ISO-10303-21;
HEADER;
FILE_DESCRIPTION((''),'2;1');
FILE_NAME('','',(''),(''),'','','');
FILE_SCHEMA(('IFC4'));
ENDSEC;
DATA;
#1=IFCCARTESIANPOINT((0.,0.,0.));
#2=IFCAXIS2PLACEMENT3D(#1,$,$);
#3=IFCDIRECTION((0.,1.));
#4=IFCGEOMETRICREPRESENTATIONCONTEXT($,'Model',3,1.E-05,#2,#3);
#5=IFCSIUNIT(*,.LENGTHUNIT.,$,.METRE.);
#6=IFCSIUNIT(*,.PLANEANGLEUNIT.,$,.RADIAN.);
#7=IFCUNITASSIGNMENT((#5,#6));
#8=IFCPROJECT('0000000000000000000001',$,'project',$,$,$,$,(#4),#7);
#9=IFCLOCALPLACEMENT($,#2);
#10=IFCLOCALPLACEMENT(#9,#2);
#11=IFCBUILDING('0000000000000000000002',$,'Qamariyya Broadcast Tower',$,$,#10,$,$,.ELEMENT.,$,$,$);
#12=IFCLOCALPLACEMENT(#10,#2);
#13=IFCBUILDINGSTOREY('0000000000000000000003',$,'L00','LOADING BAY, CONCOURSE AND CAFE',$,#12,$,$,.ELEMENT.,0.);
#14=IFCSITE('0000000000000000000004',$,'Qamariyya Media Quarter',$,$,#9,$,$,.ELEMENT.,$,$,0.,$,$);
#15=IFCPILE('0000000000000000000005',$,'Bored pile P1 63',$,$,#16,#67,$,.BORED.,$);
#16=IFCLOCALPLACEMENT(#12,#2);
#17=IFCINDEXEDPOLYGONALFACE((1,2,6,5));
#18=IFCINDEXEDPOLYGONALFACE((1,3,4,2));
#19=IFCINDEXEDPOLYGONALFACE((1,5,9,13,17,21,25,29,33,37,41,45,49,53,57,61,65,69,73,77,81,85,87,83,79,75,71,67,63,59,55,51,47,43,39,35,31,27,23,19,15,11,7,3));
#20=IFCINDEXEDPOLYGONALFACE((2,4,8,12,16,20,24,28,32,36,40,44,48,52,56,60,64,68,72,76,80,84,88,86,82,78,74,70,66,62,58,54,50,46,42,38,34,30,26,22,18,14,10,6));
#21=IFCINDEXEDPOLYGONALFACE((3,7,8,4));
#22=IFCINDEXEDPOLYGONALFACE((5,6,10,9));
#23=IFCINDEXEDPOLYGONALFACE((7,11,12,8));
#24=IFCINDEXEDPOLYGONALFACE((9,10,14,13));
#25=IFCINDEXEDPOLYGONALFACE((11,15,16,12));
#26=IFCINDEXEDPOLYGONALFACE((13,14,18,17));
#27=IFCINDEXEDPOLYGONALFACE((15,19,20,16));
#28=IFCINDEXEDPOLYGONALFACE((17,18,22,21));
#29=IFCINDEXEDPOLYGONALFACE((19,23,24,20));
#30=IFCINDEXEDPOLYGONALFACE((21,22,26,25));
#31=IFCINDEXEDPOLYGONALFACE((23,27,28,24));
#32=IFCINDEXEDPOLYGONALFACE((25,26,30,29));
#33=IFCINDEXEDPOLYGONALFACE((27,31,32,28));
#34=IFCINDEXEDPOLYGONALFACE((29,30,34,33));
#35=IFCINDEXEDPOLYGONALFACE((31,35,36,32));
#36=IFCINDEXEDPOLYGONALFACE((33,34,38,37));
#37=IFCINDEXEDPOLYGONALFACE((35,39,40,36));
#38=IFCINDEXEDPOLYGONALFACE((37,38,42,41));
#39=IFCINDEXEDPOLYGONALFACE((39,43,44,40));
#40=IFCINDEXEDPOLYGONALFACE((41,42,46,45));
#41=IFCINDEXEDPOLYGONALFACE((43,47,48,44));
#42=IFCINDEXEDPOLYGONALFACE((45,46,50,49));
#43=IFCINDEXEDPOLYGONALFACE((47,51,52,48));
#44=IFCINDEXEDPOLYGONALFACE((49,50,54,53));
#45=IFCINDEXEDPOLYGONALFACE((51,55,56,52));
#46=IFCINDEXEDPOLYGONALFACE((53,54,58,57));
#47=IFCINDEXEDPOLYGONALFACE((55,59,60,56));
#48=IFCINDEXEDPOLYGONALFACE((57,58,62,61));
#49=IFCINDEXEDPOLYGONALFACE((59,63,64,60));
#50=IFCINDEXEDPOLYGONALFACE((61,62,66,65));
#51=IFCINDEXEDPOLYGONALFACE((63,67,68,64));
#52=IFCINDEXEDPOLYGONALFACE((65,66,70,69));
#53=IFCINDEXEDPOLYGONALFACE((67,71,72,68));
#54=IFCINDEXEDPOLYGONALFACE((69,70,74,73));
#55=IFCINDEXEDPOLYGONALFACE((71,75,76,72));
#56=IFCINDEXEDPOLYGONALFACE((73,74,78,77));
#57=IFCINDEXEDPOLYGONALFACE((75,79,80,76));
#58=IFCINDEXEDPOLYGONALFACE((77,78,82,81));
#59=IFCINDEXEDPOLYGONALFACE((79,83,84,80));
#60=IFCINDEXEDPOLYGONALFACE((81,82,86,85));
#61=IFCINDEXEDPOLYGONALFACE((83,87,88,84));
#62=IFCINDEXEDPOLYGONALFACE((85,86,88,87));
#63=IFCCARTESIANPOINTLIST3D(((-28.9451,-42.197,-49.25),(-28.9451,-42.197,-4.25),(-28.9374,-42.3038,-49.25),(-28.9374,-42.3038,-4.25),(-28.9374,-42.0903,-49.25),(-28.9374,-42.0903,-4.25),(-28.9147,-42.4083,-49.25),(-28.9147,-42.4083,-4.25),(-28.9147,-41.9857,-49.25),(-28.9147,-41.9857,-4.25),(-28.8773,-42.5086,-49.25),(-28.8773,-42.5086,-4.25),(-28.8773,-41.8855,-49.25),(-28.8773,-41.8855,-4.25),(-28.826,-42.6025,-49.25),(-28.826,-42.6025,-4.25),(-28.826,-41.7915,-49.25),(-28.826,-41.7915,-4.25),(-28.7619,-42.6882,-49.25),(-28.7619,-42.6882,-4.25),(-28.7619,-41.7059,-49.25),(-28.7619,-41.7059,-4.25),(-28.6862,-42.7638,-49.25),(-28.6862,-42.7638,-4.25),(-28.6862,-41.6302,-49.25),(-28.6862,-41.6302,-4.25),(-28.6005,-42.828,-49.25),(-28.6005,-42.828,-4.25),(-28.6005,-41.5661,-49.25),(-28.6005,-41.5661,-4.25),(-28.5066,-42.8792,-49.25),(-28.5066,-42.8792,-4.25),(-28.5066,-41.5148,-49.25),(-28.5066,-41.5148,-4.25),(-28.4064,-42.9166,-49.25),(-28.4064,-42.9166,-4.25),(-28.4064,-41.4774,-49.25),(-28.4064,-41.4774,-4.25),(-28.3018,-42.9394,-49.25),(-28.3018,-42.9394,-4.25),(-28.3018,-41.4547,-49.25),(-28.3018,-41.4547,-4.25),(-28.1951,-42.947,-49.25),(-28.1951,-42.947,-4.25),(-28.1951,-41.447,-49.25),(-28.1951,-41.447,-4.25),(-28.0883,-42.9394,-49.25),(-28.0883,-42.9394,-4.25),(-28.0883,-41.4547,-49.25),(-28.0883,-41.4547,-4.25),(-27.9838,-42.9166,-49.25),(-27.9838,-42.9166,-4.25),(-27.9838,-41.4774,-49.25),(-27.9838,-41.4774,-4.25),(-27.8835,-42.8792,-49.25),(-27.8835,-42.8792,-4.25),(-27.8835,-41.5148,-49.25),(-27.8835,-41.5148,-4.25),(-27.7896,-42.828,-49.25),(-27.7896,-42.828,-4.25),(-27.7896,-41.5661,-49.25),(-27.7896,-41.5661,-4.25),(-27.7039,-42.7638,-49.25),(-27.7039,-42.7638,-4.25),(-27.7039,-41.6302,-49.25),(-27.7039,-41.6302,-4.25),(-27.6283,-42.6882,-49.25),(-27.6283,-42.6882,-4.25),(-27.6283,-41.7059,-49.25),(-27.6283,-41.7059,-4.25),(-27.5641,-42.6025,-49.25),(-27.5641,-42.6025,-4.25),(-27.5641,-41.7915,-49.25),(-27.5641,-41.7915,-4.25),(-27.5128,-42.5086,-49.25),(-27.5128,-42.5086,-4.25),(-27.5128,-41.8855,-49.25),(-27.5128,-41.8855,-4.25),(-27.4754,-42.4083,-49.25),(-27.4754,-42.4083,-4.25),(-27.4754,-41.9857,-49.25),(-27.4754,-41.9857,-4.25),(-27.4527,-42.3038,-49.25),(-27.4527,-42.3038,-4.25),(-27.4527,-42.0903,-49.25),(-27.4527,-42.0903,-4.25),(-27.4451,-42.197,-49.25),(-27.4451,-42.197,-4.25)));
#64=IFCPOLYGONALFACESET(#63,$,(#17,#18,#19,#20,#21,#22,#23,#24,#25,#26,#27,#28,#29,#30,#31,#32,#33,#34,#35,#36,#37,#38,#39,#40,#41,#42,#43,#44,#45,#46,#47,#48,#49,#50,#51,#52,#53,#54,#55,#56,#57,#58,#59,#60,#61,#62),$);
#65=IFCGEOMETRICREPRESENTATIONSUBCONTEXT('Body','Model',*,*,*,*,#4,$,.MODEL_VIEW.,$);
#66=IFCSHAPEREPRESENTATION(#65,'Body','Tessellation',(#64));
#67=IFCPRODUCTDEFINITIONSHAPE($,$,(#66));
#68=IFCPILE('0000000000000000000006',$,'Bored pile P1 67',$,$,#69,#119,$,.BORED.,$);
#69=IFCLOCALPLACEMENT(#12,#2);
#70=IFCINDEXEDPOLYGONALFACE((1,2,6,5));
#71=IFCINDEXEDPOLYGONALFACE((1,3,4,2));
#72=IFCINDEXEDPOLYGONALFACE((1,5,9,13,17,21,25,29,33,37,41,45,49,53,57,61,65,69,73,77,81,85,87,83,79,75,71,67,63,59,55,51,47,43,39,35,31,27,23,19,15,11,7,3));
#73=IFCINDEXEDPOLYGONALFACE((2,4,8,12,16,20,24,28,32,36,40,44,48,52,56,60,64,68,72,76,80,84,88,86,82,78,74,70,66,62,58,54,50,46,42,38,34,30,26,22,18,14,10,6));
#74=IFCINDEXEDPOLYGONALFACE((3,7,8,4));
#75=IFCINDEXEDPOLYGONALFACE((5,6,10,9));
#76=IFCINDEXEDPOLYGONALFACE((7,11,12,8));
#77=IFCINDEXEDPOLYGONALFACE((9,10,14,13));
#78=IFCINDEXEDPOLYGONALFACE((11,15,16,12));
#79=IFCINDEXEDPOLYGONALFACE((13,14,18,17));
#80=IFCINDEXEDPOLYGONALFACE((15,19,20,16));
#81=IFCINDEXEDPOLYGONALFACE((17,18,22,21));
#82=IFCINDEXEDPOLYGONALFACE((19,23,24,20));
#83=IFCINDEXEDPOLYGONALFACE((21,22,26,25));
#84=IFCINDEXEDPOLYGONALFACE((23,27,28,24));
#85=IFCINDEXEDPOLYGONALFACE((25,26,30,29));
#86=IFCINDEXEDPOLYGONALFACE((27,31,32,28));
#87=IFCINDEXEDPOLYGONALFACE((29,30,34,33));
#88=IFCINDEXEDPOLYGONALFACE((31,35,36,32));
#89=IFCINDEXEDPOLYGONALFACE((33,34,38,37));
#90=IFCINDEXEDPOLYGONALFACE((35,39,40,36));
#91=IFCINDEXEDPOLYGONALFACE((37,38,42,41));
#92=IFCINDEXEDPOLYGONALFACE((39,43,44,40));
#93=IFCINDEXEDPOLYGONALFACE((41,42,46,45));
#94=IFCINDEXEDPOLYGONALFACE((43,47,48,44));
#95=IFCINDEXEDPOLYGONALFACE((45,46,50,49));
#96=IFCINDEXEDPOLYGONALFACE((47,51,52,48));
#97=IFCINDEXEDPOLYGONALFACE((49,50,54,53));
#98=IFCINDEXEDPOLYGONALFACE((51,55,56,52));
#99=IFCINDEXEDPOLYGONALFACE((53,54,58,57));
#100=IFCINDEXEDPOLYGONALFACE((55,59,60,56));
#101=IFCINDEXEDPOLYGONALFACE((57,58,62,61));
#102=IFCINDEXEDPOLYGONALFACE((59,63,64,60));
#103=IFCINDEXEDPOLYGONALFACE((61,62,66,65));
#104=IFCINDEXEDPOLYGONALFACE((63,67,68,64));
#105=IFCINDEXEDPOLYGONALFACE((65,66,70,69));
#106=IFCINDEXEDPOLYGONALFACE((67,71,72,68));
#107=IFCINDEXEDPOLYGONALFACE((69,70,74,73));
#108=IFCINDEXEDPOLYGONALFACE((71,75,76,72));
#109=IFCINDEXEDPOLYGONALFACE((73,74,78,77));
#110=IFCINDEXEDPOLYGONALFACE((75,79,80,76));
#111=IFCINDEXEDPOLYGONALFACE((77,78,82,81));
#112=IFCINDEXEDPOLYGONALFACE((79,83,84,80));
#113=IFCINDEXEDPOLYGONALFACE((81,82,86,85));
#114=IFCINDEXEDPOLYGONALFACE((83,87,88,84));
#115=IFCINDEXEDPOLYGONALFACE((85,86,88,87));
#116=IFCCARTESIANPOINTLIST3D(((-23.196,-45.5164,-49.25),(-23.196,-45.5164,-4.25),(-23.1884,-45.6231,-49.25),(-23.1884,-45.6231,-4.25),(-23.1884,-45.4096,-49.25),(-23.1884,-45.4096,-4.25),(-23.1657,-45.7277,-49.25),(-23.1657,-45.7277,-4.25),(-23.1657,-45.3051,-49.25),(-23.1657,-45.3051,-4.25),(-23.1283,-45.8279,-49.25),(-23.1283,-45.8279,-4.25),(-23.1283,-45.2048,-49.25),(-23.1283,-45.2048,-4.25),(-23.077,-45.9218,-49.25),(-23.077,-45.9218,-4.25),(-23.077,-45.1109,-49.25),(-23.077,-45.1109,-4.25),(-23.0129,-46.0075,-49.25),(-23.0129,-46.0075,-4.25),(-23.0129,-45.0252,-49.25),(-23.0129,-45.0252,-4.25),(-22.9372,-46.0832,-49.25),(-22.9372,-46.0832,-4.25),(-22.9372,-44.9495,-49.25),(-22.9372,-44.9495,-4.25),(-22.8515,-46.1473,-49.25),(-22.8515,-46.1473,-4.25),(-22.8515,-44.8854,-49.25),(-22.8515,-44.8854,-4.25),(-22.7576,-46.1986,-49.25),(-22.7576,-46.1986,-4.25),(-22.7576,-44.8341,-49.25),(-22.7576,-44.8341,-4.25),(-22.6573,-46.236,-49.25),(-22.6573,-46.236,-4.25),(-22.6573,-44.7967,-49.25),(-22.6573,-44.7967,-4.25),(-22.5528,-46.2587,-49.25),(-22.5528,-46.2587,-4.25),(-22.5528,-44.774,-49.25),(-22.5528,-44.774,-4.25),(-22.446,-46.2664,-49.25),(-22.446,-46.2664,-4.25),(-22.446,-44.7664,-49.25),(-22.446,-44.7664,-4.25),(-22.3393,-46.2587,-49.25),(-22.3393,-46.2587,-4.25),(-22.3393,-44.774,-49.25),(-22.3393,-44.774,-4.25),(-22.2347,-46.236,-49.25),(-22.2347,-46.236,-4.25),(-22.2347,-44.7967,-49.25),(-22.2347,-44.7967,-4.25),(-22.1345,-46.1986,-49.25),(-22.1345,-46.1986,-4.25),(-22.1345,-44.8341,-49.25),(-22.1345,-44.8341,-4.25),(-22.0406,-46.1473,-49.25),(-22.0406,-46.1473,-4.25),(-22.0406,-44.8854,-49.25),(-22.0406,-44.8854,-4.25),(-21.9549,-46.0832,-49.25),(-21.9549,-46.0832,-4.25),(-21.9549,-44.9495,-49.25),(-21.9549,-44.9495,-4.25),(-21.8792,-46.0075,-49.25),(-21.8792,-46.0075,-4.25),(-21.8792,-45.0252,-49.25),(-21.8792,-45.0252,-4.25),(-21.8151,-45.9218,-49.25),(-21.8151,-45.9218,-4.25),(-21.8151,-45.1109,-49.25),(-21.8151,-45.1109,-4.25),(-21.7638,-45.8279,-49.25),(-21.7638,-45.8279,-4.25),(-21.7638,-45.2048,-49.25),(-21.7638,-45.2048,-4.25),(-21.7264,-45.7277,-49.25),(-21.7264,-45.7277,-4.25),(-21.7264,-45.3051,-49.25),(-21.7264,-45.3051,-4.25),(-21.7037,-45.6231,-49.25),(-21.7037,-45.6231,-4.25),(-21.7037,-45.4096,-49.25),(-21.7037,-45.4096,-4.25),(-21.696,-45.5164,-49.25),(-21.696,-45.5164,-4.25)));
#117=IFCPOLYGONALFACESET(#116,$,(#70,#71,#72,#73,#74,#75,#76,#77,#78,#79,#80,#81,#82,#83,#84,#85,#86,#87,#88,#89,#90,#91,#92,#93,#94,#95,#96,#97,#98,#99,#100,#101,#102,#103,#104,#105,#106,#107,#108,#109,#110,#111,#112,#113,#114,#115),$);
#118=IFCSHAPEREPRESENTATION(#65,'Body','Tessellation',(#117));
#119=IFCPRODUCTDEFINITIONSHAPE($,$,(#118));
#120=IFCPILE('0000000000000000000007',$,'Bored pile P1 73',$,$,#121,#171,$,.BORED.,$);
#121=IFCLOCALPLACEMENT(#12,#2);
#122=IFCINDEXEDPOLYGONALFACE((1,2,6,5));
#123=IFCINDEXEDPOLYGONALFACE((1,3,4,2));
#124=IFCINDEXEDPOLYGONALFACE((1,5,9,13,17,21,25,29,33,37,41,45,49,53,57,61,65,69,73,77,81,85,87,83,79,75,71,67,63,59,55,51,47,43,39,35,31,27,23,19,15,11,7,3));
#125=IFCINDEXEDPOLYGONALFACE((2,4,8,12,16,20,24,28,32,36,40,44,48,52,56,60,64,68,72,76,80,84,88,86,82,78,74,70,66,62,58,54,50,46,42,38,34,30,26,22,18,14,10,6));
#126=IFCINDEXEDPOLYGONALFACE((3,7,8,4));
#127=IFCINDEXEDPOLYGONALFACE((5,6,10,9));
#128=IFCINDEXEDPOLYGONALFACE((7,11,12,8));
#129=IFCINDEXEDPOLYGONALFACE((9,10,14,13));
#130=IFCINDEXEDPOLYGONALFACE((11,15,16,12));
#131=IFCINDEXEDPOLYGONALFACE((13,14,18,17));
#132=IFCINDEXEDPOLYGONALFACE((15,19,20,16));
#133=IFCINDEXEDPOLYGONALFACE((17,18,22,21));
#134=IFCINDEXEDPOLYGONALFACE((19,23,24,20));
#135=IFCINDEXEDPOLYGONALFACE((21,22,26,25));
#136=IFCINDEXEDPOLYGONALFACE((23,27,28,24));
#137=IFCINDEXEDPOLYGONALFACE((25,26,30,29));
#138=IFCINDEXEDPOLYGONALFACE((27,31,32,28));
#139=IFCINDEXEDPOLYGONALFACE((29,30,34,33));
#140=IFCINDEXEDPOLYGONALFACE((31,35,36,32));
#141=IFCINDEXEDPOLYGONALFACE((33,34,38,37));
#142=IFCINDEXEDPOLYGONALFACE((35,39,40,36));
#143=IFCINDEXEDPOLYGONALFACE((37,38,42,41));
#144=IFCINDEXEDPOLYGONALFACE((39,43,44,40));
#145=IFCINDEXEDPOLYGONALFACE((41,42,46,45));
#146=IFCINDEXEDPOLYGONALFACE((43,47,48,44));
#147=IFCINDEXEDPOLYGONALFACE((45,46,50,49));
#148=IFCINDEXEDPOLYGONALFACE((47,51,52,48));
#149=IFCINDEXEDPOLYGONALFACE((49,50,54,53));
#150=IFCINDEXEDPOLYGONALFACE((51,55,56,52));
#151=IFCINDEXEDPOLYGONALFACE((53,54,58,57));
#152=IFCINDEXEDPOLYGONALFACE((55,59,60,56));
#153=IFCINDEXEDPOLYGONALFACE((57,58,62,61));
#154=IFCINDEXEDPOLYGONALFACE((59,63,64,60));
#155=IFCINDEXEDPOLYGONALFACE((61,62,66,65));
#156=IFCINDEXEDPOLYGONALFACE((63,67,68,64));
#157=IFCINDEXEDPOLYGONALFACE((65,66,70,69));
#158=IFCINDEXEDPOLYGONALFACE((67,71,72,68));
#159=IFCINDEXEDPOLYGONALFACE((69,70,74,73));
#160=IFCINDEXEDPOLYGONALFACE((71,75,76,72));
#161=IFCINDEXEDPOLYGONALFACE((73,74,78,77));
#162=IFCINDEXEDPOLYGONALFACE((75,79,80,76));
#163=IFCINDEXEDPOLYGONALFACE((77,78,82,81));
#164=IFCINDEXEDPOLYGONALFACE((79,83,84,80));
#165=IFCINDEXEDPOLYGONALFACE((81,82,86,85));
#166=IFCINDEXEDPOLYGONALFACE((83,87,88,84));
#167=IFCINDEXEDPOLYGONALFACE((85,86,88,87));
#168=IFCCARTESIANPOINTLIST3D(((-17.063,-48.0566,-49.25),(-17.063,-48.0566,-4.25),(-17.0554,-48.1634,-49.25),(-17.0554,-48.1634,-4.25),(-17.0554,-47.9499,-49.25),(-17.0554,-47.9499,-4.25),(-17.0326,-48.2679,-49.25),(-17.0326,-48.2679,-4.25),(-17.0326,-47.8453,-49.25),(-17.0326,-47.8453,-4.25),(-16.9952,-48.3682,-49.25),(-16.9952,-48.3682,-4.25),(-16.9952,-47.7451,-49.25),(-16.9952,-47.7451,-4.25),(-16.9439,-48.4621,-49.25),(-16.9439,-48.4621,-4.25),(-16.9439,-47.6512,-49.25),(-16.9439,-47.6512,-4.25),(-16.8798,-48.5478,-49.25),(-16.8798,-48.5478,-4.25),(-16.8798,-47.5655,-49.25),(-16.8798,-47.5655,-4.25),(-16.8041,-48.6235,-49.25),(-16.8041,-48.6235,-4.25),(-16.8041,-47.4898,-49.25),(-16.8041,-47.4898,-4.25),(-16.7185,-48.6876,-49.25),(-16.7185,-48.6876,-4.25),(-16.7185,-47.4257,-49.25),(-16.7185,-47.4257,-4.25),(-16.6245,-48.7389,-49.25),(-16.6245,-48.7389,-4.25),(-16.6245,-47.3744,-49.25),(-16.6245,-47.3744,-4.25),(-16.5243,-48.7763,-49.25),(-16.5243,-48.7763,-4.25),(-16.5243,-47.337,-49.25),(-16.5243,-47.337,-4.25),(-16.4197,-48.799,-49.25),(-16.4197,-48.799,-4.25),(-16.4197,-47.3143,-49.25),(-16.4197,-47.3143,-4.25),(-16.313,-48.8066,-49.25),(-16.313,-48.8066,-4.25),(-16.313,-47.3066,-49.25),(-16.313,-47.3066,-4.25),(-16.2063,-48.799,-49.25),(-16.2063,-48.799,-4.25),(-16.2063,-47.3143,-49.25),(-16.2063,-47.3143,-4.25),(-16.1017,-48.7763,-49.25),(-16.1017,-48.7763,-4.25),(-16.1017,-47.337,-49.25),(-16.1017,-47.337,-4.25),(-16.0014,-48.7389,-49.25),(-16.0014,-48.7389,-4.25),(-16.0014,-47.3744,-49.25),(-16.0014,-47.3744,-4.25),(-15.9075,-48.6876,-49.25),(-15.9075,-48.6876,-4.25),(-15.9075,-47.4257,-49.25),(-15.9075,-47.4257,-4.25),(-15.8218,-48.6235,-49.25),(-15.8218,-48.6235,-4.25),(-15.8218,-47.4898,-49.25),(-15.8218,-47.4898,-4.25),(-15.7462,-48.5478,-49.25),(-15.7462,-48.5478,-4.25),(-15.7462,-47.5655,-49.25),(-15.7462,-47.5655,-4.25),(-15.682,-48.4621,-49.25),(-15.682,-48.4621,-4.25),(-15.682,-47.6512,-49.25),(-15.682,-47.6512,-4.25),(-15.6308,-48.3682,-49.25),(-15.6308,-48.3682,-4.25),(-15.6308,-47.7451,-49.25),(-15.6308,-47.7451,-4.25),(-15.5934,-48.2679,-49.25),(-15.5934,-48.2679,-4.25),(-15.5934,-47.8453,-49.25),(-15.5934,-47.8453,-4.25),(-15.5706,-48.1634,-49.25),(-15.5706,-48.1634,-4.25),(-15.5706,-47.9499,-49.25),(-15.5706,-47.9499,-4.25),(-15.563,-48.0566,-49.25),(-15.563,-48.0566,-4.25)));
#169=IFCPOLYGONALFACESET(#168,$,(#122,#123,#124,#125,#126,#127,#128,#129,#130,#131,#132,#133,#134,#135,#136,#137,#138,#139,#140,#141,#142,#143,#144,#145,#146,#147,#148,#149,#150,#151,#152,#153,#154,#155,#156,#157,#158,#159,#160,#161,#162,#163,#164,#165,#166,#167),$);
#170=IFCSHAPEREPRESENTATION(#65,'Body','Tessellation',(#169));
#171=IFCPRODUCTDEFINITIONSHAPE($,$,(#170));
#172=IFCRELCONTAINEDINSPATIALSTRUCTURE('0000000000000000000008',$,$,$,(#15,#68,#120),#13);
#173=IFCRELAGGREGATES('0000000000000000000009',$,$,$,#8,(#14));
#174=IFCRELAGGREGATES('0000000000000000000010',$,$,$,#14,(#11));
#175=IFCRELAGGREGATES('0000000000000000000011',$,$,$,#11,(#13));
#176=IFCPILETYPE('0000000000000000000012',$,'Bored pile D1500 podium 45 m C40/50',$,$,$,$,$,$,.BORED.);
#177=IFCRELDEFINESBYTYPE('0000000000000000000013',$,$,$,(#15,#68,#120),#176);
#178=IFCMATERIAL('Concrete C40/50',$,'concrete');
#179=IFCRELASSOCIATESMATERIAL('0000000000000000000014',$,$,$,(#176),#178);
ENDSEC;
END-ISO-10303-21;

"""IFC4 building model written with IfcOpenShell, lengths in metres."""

from ifc_helpers import new_model, si_unit, direction, frame, origin, origin_2d, place, context, subcontext, project, spatial, circle, extrude, material, material_profile, profile_set, type_object, element, save


model = new_model("IFC4")

# Units and contexts
model_context = context("Model", 3, precision=1e-05, world=origin(), true_north=direction((0.0, 1.0)))
body_context = subcontext(model_context, "Body", "Model", "MODEL_VIEW")
ifc_project = project(units=[si_unit("LENGTHUNIT", "METRE"), si_unit("PLANEANGLEUNIT", "RADIAN")], contexts=[model_context])

# Site, building, storey
site_placement = place(None, origin())
site = spatial("IfcSite", under=ifc_project, at=site_placement, Name="Qamariyya Media Quarter", CompositionType="ELEMENT", RefElevation=0.0)
building_placement = place(site_placement, origin())
building = spatial("IfcBuilding", under=site, at=building_placement, Name="Qamariyya Broadcast Tower", CompositionType="ELEMENT")
storey_placement = place(building_placement, origin())
storey = spatial("IfcBuildingStorey", under=building, at=storey_placement, Name="L00", Description="LOADING BAY, CONCOURSE AND CAFE", CompositionType="ELEMENT", Elevation=0.0)

# Piles
ifc_material_1 = material(Name="Concrete C40/50", Category="concrete")
ifc_material_profile_1 = material_profile(ifc_material_1, circle(Radius=0.75, at=origin_2d()))
ifc_profile_set_1 = profile_set([ifc_material_profile_1], Name="Concrete C40/50")
pile_type = type_object("IfcPileType", Name="Bored pile D1500 podium 45 m C40/50", PredefinedType="BORED", material=ifc_profile_set_1)
for number, where, z_axis, x_axis, name in (
    (1, (-28.1951, -42.197, -4.25), (0.0, 0.0, -1.0), (1.0, 0.0, 0.0), "Bored pile P1 63"),
    (2, (-22.446, -45.5164, -4.25), (0.0, 0.0, -1.0), (1.0, 0.0, 0.0), "Bored pile P1 67"),
    (3, (-16.313, -48.0566, -4.25), (0.0, 0.0, -1.0), (1.0, 0.0, 0.0), "Bored pile P1 73"),
):
    element("IfcPile", number, at=place(storey_placement, frame(where, z_axis=z_axis, x_axis=x_axis)), inside=storey, type_object=pile_type, Name=name, PredefinedType="BORED", context=body_context, shape_type="SweptSolid", body=[
        extrude(circle(Radius=0.75, at=origin_2d()), origin(), (0.0, 0.0, 1.0), 45.0),
    ])

save(model, "model.ifc")
